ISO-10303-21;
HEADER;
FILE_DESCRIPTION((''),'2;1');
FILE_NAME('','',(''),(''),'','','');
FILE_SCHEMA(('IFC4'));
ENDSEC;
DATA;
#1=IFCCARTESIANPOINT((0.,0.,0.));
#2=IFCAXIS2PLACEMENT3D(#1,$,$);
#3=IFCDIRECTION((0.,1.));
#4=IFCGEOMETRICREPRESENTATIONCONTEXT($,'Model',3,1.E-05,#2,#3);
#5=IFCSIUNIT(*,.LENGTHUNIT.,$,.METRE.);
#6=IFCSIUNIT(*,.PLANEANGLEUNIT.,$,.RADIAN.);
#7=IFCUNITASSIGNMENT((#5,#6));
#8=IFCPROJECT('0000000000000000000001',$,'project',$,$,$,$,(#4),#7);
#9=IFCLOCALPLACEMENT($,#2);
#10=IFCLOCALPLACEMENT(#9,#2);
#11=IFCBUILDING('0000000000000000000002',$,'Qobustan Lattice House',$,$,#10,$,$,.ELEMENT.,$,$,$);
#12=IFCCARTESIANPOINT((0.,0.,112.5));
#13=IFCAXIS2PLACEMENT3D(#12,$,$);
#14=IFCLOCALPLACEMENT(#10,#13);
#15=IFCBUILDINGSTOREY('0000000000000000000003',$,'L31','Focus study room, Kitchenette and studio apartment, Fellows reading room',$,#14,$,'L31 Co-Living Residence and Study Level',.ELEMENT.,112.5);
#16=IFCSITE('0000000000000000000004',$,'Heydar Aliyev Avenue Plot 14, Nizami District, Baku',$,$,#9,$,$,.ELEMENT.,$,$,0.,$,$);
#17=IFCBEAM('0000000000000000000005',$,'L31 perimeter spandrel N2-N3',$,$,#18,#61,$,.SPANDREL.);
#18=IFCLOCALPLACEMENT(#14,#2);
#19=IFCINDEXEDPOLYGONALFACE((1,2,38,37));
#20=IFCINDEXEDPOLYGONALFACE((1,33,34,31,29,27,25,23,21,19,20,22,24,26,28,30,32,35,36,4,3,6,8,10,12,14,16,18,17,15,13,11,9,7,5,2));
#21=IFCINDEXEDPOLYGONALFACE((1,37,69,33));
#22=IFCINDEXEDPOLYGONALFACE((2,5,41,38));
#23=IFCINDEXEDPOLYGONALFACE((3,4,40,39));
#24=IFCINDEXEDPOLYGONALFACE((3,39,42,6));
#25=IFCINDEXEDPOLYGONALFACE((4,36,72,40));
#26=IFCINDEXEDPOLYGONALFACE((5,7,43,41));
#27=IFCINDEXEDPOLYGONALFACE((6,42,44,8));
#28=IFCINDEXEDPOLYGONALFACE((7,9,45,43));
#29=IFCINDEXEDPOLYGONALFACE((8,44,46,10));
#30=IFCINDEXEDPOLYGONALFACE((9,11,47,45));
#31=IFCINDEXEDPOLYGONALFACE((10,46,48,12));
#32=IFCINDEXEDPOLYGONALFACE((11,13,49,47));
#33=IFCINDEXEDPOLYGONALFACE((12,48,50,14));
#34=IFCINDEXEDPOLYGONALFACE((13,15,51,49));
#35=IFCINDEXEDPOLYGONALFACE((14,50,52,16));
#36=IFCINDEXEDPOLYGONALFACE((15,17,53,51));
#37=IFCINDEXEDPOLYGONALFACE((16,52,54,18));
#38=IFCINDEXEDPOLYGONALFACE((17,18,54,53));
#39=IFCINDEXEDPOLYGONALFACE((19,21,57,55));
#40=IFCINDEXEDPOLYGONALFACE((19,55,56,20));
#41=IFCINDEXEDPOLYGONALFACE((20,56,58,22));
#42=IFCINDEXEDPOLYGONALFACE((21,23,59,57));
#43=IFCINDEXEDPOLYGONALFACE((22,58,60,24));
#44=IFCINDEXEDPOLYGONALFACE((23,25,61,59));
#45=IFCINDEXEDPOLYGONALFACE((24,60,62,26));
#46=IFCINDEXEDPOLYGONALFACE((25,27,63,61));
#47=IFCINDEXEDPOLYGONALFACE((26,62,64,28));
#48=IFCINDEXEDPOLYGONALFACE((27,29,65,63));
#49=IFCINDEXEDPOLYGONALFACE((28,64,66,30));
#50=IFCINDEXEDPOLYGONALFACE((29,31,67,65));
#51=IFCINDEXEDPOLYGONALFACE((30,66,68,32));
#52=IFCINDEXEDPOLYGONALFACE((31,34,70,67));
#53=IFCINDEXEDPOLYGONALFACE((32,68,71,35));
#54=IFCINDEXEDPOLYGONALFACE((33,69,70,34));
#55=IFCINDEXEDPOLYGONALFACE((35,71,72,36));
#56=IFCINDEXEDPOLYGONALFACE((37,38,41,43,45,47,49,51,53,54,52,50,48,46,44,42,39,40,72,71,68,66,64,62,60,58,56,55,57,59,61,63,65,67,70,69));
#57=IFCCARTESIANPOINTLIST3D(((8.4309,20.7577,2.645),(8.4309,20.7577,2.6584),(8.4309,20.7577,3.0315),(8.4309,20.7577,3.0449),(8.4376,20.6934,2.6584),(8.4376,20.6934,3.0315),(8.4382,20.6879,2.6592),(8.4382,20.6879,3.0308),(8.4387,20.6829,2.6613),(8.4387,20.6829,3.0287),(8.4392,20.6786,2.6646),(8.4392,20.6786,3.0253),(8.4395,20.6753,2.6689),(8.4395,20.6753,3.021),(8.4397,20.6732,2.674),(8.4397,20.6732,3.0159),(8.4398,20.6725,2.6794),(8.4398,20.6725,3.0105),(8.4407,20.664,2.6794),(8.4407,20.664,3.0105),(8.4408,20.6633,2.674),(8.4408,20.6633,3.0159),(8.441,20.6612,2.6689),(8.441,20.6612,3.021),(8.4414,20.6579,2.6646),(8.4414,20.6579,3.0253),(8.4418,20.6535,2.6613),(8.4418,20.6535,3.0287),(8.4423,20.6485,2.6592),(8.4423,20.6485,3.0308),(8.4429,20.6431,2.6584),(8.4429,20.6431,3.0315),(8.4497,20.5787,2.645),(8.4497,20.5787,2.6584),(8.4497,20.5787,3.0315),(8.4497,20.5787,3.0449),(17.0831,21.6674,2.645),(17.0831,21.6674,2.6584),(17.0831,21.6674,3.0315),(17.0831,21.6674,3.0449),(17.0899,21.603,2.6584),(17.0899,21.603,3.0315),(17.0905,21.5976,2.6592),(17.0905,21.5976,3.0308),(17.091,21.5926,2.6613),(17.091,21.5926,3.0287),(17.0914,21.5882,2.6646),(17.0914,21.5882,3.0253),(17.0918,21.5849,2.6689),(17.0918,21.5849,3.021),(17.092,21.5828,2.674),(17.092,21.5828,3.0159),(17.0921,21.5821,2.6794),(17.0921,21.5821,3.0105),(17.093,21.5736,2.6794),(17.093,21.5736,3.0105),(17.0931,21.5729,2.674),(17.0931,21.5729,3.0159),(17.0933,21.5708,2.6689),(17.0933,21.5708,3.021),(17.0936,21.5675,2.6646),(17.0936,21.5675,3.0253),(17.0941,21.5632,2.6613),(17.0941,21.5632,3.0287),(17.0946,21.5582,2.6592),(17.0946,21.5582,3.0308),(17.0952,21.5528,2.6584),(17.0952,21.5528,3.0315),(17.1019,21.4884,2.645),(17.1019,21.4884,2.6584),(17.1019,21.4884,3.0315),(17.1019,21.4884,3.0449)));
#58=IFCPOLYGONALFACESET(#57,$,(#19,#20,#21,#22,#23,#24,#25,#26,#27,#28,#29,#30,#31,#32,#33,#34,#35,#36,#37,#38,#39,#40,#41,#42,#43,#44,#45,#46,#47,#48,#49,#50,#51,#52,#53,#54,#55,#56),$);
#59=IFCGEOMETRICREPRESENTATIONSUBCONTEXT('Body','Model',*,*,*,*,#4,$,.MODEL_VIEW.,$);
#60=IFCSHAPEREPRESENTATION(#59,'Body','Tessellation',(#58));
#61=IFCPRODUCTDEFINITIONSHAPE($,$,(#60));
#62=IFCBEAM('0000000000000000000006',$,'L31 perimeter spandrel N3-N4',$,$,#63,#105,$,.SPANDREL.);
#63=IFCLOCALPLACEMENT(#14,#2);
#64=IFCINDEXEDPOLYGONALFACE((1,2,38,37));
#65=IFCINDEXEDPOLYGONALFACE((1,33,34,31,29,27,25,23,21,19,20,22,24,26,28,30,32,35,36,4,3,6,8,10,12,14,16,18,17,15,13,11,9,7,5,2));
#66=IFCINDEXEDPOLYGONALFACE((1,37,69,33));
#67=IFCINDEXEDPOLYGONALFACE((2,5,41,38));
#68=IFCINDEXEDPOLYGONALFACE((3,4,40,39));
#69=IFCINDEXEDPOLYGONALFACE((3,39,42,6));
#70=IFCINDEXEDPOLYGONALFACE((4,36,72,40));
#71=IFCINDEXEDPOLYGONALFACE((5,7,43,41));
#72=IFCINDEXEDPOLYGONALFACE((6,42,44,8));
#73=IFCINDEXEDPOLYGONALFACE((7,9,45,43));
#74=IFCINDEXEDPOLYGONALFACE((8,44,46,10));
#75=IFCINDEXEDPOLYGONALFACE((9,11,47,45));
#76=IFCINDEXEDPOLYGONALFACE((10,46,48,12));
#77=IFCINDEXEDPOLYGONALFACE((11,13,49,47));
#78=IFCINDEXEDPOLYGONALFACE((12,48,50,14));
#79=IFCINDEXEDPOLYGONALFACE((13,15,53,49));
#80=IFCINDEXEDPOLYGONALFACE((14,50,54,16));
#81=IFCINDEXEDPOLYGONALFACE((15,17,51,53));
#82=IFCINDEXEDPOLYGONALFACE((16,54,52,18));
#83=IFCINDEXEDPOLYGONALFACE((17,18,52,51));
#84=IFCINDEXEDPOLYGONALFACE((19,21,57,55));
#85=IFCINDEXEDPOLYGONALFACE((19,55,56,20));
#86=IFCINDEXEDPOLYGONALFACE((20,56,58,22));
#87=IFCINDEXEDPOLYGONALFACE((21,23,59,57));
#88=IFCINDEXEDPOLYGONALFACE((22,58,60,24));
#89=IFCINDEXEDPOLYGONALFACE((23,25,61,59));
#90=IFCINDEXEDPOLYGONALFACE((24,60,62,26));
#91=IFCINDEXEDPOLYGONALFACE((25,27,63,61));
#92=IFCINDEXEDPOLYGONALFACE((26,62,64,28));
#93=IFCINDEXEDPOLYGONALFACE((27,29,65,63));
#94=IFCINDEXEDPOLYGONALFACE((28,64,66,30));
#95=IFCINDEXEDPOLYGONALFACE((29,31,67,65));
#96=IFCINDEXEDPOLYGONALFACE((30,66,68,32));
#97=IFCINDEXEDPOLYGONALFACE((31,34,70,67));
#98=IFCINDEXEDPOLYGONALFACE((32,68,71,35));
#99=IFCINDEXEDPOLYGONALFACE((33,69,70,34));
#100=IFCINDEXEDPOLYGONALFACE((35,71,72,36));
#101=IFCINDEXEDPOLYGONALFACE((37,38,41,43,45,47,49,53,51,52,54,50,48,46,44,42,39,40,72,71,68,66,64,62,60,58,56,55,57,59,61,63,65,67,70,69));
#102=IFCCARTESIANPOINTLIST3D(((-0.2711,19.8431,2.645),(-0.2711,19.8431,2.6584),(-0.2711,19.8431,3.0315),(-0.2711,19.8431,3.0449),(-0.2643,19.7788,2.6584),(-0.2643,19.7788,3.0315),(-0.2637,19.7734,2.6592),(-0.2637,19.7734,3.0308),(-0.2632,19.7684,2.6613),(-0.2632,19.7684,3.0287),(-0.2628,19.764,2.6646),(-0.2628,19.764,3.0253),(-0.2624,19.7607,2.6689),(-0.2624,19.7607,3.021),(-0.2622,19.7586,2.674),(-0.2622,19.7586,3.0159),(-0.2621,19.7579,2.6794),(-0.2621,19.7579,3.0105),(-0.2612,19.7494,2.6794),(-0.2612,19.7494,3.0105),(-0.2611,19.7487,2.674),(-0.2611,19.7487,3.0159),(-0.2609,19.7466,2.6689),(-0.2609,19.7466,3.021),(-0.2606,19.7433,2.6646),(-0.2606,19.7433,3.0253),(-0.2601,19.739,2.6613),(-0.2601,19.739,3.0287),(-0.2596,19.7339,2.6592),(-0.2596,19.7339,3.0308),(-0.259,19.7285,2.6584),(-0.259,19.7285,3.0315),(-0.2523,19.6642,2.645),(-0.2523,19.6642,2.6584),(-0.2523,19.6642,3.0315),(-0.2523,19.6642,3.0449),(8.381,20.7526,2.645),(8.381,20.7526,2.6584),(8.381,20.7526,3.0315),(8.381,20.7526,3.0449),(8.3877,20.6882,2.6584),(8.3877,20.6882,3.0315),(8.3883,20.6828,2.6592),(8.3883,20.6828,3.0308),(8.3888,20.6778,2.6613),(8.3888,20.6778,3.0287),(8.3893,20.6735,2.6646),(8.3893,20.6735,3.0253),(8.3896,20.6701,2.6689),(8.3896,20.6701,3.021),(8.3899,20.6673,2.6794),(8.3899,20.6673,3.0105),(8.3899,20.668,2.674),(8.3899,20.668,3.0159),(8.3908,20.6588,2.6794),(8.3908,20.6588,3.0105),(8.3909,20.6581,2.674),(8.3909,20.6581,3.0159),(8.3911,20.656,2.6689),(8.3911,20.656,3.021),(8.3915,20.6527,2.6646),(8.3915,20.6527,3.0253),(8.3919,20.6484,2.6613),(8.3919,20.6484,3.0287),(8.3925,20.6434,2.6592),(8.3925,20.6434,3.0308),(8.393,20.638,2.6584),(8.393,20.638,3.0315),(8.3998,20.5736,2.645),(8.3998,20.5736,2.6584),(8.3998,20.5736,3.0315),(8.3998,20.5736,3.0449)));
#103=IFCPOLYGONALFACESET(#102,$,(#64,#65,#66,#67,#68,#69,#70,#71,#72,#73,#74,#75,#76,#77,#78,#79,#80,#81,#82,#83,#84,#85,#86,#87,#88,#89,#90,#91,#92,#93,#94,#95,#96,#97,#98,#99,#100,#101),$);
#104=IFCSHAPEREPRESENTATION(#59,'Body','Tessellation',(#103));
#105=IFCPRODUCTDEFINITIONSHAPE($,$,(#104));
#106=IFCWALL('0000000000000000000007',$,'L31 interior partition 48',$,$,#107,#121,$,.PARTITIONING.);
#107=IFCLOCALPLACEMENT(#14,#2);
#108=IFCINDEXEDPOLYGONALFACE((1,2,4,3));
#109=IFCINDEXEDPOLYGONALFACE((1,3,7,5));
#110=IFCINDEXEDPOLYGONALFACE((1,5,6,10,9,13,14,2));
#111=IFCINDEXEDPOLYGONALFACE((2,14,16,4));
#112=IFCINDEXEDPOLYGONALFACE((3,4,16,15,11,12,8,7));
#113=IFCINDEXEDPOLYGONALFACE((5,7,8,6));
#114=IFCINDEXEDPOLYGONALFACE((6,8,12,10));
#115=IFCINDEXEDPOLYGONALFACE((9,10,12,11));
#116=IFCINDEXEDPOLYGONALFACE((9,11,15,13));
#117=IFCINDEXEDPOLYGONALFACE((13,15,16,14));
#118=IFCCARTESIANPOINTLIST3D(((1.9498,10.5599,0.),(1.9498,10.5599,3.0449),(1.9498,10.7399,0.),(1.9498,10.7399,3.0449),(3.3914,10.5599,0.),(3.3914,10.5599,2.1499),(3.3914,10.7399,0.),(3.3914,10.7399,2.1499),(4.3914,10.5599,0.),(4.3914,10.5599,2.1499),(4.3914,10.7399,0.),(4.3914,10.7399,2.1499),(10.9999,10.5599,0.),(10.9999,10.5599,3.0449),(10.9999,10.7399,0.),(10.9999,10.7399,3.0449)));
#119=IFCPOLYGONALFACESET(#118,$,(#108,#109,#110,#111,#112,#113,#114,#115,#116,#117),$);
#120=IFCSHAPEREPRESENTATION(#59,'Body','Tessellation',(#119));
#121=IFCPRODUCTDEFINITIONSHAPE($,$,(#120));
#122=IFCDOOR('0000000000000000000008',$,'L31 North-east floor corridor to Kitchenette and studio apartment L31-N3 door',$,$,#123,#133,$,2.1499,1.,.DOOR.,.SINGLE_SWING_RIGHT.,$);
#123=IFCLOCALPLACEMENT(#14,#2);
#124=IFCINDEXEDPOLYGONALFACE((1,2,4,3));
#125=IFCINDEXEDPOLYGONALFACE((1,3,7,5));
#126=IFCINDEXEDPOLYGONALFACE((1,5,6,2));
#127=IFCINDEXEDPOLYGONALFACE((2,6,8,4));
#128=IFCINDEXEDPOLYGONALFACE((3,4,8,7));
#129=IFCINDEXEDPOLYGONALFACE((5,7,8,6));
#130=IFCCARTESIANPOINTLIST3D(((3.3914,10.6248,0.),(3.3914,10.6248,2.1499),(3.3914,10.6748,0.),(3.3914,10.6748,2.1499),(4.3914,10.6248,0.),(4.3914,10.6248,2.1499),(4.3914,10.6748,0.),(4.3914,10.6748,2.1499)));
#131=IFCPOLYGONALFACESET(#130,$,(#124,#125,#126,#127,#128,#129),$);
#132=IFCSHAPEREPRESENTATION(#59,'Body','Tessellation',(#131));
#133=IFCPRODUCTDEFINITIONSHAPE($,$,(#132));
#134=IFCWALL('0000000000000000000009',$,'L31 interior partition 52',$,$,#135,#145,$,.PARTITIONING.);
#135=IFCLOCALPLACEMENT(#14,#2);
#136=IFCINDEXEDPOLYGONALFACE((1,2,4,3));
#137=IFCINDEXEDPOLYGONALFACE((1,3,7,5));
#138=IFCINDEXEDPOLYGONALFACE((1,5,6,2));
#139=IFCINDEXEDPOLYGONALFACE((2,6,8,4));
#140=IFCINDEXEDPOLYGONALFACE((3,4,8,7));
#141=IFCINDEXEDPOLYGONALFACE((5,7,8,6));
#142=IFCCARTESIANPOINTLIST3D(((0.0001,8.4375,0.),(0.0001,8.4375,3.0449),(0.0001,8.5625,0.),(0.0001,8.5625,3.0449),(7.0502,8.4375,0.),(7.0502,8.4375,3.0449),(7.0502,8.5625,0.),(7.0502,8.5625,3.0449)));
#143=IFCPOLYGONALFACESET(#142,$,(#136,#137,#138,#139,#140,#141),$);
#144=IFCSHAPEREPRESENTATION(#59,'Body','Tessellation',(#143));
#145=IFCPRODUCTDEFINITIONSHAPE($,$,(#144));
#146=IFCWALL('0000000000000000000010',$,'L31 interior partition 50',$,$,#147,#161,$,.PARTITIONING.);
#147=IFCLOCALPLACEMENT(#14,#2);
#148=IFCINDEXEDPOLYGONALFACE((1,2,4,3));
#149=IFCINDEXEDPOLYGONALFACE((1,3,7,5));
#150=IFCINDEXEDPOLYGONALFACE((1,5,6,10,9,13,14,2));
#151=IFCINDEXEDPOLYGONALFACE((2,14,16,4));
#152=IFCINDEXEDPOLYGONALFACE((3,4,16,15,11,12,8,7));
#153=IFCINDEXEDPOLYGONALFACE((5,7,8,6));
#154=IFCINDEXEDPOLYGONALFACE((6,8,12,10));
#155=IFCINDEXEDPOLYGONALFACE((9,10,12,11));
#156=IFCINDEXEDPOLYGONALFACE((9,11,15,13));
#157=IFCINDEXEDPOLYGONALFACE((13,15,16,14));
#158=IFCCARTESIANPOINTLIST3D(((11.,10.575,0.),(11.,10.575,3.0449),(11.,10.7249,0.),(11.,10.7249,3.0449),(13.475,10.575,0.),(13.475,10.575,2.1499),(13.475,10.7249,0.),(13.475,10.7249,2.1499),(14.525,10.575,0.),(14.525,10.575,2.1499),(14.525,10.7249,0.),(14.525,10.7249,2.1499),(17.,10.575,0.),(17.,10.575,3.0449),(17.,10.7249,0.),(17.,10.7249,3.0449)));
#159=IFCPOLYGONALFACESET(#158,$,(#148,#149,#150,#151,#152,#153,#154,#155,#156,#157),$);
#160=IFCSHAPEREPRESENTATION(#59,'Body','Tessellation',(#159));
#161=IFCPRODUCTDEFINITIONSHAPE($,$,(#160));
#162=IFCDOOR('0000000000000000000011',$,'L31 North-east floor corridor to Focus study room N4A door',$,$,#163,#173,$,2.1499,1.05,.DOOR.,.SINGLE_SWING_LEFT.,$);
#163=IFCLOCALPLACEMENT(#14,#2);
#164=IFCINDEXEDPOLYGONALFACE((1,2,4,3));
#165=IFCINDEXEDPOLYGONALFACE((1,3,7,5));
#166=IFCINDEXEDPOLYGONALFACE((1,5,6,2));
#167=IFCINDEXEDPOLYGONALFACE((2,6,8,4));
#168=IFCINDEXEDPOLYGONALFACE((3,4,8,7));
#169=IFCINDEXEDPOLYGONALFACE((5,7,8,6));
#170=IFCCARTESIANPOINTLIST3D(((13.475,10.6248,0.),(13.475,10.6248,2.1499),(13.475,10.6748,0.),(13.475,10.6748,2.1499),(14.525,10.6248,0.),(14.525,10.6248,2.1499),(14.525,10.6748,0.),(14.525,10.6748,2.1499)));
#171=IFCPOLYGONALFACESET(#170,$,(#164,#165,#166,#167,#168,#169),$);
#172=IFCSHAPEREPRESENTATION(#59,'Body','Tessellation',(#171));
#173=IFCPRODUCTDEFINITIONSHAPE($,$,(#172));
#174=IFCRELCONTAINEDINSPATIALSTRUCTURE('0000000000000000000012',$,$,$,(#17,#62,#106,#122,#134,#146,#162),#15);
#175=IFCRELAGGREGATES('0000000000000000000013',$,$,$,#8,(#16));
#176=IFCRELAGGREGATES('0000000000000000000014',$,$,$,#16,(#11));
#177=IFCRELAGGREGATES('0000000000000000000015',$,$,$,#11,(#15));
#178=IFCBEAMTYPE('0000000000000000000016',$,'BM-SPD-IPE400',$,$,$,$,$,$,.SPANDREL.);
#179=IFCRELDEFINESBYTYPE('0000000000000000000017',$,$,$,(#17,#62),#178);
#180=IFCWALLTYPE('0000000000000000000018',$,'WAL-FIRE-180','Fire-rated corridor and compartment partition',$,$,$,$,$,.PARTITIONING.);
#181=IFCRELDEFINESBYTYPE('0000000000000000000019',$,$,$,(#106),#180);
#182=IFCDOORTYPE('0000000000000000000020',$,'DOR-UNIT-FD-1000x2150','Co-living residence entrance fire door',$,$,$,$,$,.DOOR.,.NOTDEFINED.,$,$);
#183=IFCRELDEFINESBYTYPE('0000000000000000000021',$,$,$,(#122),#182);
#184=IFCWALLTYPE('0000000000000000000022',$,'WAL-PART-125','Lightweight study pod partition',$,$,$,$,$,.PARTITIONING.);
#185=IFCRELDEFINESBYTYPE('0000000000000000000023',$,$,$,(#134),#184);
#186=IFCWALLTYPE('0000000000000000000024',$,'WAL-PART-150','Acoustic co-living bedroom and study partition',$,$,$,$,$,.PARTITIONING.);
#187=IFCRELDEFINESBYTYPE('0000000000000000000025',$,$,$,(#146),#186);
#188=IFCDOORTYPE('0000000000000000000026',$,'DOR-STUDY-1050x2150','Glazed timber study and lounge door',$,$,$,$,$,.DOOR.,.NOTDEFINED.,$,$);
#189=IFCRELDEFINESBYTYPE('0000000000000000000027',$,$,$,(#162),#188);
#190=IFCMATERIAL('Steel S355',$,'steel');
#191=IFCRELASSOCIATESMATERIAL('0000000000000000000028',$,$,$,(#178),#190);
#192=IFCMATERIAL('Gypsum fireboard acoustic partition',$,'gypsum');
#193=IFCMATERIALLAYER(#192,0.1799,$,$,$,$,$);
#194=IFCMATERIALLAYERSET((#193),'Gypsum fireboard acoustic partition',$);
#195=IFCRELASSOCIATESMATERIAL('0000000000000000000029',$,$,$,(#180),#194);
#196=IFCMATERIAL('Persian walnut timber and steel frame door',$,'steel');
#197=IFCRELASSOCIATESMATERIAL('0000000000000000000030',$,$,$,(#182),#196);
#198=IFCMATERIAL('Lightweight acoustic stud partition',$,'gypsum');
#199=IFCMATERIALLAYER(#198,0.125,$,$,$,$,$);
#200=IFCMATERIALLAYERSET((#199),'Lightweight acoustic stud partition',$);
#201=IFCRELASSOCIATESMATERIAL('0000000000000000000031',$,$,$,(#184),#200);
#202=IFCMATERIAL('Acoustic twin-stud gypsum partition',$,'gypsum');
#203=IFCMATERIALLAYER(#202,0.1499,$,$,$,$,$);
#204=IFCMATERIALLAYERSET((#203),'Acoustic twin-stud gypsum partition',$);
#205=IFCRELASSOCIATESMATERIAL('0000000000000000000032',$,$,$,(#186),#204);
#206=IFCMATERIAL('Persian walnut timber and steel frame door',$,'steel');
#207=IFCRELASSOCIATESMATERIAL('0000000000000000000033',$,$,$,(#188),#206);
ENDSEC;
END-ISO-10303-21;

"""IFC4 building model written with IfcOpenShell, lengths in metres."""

from ifc_helpers import new_model, si_unit, direction, frame, frame_2d, origin, origin_2d, place, context, subcontext, project, spatial, rectangle, i_section, extrude, material, layer, layer_set, material_profile, profile_set, type_object, element, fill, save


model = new_model("IFC4")

# Units and contexts
model_context = context("Model", 3, precision=1e-05, world=origin(), true_north=direction((0.0, 1.0)))
body_context = subcontext(model_context, "Body", "Model", "MODEL_VIEW")
ifc_project = project(units=[si_unit("LENGTHUNIT", "METRE"), si_unit("PLANEANGLEUNIT", "RADIAN")], contexts=[model_context])

# Site, building, storey
site_placement = place(None, origin())
site = spatial("IfcSite", under=ifc_project, at=site_placement, Name="Heydar Aliyev Avenue Plot 14, Nizami District, Baku", CompositionType="ELEMENT", RefElevation=0.0)
building_placement = place(site_placement, origin())
building = spatial("IfcBuilding", under=site, at=building_placement, Name="Qobustan Lattice House", CompositionType="ELEMENT")
storey_placement = place(building_placement, frame((0.0, 0.0, 112.5)))
storey = spatial("IfcBuildingStorey", under=building, at=storey_placement, Name="L31", Description="Focus study room, Kitchenette and studio apartment, Fellows reading room", LongName="L31 Co-Living Residence and Study Level", CompositionType="ELEMENT", Elevation=112.5)

# Beams
ifc_material_1 = material(Name="Steel S355", Category="steel")
ifc_material_profile_1 = material_profile(ifc_material_1, i_section(OverallWidth=0.1799, OverallDepth=0.3999, WebThickness=0.0085, FlangeThickness=0.0134, FilletRadius=0.021, at=origin_2d()), Name="IPE400")
ifc_profile_set_1 = profile_set([ifc_material_profile_1], Name="Steel S355")
beam_type_1 = type_object("IfcBeamType", Name="BM-SPD-IPE400", PredefinedType="SPANDREL", material=ifc_profile_set_1)
beam_1_placement = place(storey_placement, frame((17.0925, 21.5779, 2.845), z_axis=(-0.994519, -0.104559, 0.0), x_axis=(0.104559, -0.994519, 0.0)))
element("IfcBeam", 1, at=beam_1_placement, inside=storey, type_object=beam_type_1, Name="L31 perimeter spandrel N2-N3", PredefinedType="SPANDREL", context=body_context, shape_type="SweptSolid", body=[
    extrude(i_section(OverallWidth=0.1799, OverallDepth=0.3999, WebThickness=0.0085, FlangeThickness=0.0134, FilletRadius=0.021, at=origin_2d()), origin(), (0.0, 0.0, 1.0), 8.7),
])
beam_2_placement = place(storey_placement, frame((8.3904, 20.6631, 2.845), z_axis=(-0.994521, -0.104534, 0.0), x_axis=(0.104534, -0.994521, 0.0)))
element("IfcBeam", 2, at=beam_2_placement, inside=storey, type_object=beam_type_1, Name="L31 perimeter spandrel N3-N4", PredefinedType="SPANDREL", context=body_context, shape_type="SweptSolid", body=[
    extrude(i_section(OverallWidth=0.1799, OverallDepth=0.3999, WebThickness=0.0085, FlangeThickness=0.0134, FilletRadius=0.021, at=origin_2d()), origin(), (0.0, 0.0, 1.0), 8.6997),
])

# Wall, opening, door
ifc_material_2 = material(Name="Gypsum fireboard acoustic partition", Category="gypsum")
ifc_layer_1 = layer(ifc_material_2, 0.1799)
ifc_layer_set_1 = layer_set([ifc_layer_1], Name="Gypsum fireboard acoustic partition")
wall_type_1 = type_object("IfcWallType", Name="WAL-FIRE-180", Description="Fire-rated corridor and compartment partition", PredefinedType="PARTITIONING", material=ifc_layer_set_1)
wall_1_placement = place(storey_placement, frame((1.95, 10.6499, 0.0), z_axis=(0.0, 0.0, 1.0), x_axis=(1.0, 0.0, 0.0)))
wall_1 = element("IfcWall", 3, at=wall_1_placement, inside=storey, type_object=wall_type_1, Name="L31 interior partition 48", PredefinedType="PARTITIONING", context=body_context, shape_type="SweptSolid", body=[
    extrude(rectangle(XDim=9.05, YDim=0.1799, at=frame_2d((4.5249, 0.0))), origin(), (0.0, 0.0, 1.0), 3.0449),
])
opening_1_placement = place(wall_1_placement, frame((1.4414, 0.0, 0.0)))
opening_1 = element("IfcOpeningElement", 4, at=opening_1_placement, cuts=wall_1, PredefinedType="OPENING", context=body_context, shape_type="SweptSolid", body=[
    extrude(rectangle(XDim=1.0, YDim=2.1499, at=frame_2d((0.5, 1.075))), frame((0.0, 0.0999, 0.0), z_axis=(0.0, -1.0, 0.0), x_axis=(1.0, 0.0, 0.0)), (0.0, 0.0, 1.0), 0.2),
])
ifc_material_3 = material(Name="Persian walnut timber and steel frame door", Category="steel")
door_type_1 = type_object("IfcDoorType", Name="DOR-UNIT-FD-1000x2150", Description="Co-living residence entrance fire door", OperationType="NOTDEFINED", PredefinedType="DOOR", material=ifc_material_3)
door_1_placement = place(opening_1_placement, origin())
door_1 = element("IfcDoor", 5, at=door_1_placement, inside=storey, type_object=door_type_1, Name="L31 North-east floor corridor to Kitchenette and studio apartment L31-N3 door", OperationType="SINGLE_SWING_RIGHT", OverallHeight=2.1499, OverallWidth=1.0, PredefinedType="DOOR", context=body_context, shape_type="SweptSolid", body=[
    extrude(rectangle(XDim=1.0, YDim=2.1499, at=frame_2d((0.5, 1.075))), frame((0.0, 0.0249, 0.0), z_axis=(0.0, -1.0, 0.0), x_axis=(1.0, 0.0, 0.0)), (0.0, 0.0, 1.0), 0.05),
])
fill(opening_1, door_1)

# Wall
ifc_material_4 = material(Name="Lightweight acoustic stud partition", Category="gypsum")
ifc_layer_2 = layer(ifc_material_4, 0.125)
ifc_layer_set_2 = layer_set([ifc_layer_2], Name="Lightweight acoustic stud partition")
wall_type_2 = type_object("IfcWallType", Name="WAL-PART-125", Description="Lightweight study pod partition", PredefinedType="PARTITIONING", material=ifc_layer_set_2)
wall_2_placement = place(storey_placement, frame((7.05, 8.5, 0.0), z_axis=(0.0, 0.0, 1.0), x_axis=(-1.0, 0.0, 0.0)))
element("IfcWall", 6, at=wall_2_placement, inside=storey, type_object=wall_type_2, Name="L31 interior partition 52", PredefinedType="PARTITIONING", context=body_context, shape_type="SweptSolid", body=[
    extrude(rectangle(XDim=7.05, YDim=0.125, at=frame_2d((3.5249, 0.0))), origin(), (0.0, 0.0, 1.0), 3.0449),
])

# Wall, opening, door
ifc_material_5 = material(Name="Acoustic twin-stud gypsum partition", Category="gypsum")
ifc_layer_3 = layer(ifc_material_5, 0.1499)
ifc_layer_set_3 = layer_set([ifc_layer_3], Name="Acoustic twin-stud gypsum partition")
wall_type_3 = type_object("IfcWallType", Name="WAL-PART-150", Description="Acoustic co-living bedroom and study partition", PredefinedType="PARTITIONING", material=ifc_layer_set_3)
wall_3_placement = place(storey_placement, frame((11.0, 10.6499, 0.0), z_axis=(0.0, 0.0, 1.0), x_axis=(1.0, 0.0, 0.0)))
wall_3 = element("IfcWall", 7, at=wall_3_placement, inside=storey, type_object=wall_type_3, Name="L31 interior partition 50", PredefinedType="PARTITIONING", context=body_context, shape_type="SweptSolid", body=[
    extrude(rectangle(XDim=6.0, YDim=0.1499, at=frame_2d((3.0, 0.0))), origin(), (0.0, 0.0, 1.0), 3.0449),
])
opening_2_placement = place(wall_3_placement, frame((2.4751, 0.0, 0.0)))
opening_2 = element("IfcOpeningElement", 8, at=opening_2_placement, cuts=wall_3, PredefinedType="OPENING", context=body_context, shape_type="SweptSolid", body=[
    extrude(rectangle(XDim=1.05, YDim=2.1499, at=frame_2d((0.5249, 1.075))), frame((0.0, 0.085, 0.0), z_axis=(0.0, -1.0, 0.0), x_axis=(1.0, 0.0, 0.0)), (0.0, 0.0, 1.0), 0.1699),
])
ifc_material_6 = material(Name="Persian walnut timber and steel frame door", Category="steel")
door_type_2 = type_object("IfcDoorType", Name="DOR-STUDY-1050x2150", Description="Glazed timber study and lounge door", OperationType="NOTDEFINED", PredefinedType="DOOR", material=ifc_material_6)
door_2_placement = place(opening_2_placement, origin())
door_2 = element("IfcDoor", 9, at=door_2_placement, inside=storey, type_object=door_type_2, Name="L31 North-east floor corridor to Focus study room N4A door", OperationType="SINGLE_SWING_LEFT", OverallHeight=2.1499, OverallWidth=1.05, PredefinedType="DOOR", context=body_context, shape_type="SweptSolid", body=[
    extrude(rectangle(XDim=1.05, YDim=2.1499, at=frame_2d((0.5249, 1.075))), frame((0.0, 0.0249, 0.0), z_axis=(0.0, -1.0, 0.0), x_axis=(1.0, 0.0, 0.0)), (0.0, 0.0, 1.0), 0.05),
])
fill(opening_2, door_2)

save(model, "model.ifc")
